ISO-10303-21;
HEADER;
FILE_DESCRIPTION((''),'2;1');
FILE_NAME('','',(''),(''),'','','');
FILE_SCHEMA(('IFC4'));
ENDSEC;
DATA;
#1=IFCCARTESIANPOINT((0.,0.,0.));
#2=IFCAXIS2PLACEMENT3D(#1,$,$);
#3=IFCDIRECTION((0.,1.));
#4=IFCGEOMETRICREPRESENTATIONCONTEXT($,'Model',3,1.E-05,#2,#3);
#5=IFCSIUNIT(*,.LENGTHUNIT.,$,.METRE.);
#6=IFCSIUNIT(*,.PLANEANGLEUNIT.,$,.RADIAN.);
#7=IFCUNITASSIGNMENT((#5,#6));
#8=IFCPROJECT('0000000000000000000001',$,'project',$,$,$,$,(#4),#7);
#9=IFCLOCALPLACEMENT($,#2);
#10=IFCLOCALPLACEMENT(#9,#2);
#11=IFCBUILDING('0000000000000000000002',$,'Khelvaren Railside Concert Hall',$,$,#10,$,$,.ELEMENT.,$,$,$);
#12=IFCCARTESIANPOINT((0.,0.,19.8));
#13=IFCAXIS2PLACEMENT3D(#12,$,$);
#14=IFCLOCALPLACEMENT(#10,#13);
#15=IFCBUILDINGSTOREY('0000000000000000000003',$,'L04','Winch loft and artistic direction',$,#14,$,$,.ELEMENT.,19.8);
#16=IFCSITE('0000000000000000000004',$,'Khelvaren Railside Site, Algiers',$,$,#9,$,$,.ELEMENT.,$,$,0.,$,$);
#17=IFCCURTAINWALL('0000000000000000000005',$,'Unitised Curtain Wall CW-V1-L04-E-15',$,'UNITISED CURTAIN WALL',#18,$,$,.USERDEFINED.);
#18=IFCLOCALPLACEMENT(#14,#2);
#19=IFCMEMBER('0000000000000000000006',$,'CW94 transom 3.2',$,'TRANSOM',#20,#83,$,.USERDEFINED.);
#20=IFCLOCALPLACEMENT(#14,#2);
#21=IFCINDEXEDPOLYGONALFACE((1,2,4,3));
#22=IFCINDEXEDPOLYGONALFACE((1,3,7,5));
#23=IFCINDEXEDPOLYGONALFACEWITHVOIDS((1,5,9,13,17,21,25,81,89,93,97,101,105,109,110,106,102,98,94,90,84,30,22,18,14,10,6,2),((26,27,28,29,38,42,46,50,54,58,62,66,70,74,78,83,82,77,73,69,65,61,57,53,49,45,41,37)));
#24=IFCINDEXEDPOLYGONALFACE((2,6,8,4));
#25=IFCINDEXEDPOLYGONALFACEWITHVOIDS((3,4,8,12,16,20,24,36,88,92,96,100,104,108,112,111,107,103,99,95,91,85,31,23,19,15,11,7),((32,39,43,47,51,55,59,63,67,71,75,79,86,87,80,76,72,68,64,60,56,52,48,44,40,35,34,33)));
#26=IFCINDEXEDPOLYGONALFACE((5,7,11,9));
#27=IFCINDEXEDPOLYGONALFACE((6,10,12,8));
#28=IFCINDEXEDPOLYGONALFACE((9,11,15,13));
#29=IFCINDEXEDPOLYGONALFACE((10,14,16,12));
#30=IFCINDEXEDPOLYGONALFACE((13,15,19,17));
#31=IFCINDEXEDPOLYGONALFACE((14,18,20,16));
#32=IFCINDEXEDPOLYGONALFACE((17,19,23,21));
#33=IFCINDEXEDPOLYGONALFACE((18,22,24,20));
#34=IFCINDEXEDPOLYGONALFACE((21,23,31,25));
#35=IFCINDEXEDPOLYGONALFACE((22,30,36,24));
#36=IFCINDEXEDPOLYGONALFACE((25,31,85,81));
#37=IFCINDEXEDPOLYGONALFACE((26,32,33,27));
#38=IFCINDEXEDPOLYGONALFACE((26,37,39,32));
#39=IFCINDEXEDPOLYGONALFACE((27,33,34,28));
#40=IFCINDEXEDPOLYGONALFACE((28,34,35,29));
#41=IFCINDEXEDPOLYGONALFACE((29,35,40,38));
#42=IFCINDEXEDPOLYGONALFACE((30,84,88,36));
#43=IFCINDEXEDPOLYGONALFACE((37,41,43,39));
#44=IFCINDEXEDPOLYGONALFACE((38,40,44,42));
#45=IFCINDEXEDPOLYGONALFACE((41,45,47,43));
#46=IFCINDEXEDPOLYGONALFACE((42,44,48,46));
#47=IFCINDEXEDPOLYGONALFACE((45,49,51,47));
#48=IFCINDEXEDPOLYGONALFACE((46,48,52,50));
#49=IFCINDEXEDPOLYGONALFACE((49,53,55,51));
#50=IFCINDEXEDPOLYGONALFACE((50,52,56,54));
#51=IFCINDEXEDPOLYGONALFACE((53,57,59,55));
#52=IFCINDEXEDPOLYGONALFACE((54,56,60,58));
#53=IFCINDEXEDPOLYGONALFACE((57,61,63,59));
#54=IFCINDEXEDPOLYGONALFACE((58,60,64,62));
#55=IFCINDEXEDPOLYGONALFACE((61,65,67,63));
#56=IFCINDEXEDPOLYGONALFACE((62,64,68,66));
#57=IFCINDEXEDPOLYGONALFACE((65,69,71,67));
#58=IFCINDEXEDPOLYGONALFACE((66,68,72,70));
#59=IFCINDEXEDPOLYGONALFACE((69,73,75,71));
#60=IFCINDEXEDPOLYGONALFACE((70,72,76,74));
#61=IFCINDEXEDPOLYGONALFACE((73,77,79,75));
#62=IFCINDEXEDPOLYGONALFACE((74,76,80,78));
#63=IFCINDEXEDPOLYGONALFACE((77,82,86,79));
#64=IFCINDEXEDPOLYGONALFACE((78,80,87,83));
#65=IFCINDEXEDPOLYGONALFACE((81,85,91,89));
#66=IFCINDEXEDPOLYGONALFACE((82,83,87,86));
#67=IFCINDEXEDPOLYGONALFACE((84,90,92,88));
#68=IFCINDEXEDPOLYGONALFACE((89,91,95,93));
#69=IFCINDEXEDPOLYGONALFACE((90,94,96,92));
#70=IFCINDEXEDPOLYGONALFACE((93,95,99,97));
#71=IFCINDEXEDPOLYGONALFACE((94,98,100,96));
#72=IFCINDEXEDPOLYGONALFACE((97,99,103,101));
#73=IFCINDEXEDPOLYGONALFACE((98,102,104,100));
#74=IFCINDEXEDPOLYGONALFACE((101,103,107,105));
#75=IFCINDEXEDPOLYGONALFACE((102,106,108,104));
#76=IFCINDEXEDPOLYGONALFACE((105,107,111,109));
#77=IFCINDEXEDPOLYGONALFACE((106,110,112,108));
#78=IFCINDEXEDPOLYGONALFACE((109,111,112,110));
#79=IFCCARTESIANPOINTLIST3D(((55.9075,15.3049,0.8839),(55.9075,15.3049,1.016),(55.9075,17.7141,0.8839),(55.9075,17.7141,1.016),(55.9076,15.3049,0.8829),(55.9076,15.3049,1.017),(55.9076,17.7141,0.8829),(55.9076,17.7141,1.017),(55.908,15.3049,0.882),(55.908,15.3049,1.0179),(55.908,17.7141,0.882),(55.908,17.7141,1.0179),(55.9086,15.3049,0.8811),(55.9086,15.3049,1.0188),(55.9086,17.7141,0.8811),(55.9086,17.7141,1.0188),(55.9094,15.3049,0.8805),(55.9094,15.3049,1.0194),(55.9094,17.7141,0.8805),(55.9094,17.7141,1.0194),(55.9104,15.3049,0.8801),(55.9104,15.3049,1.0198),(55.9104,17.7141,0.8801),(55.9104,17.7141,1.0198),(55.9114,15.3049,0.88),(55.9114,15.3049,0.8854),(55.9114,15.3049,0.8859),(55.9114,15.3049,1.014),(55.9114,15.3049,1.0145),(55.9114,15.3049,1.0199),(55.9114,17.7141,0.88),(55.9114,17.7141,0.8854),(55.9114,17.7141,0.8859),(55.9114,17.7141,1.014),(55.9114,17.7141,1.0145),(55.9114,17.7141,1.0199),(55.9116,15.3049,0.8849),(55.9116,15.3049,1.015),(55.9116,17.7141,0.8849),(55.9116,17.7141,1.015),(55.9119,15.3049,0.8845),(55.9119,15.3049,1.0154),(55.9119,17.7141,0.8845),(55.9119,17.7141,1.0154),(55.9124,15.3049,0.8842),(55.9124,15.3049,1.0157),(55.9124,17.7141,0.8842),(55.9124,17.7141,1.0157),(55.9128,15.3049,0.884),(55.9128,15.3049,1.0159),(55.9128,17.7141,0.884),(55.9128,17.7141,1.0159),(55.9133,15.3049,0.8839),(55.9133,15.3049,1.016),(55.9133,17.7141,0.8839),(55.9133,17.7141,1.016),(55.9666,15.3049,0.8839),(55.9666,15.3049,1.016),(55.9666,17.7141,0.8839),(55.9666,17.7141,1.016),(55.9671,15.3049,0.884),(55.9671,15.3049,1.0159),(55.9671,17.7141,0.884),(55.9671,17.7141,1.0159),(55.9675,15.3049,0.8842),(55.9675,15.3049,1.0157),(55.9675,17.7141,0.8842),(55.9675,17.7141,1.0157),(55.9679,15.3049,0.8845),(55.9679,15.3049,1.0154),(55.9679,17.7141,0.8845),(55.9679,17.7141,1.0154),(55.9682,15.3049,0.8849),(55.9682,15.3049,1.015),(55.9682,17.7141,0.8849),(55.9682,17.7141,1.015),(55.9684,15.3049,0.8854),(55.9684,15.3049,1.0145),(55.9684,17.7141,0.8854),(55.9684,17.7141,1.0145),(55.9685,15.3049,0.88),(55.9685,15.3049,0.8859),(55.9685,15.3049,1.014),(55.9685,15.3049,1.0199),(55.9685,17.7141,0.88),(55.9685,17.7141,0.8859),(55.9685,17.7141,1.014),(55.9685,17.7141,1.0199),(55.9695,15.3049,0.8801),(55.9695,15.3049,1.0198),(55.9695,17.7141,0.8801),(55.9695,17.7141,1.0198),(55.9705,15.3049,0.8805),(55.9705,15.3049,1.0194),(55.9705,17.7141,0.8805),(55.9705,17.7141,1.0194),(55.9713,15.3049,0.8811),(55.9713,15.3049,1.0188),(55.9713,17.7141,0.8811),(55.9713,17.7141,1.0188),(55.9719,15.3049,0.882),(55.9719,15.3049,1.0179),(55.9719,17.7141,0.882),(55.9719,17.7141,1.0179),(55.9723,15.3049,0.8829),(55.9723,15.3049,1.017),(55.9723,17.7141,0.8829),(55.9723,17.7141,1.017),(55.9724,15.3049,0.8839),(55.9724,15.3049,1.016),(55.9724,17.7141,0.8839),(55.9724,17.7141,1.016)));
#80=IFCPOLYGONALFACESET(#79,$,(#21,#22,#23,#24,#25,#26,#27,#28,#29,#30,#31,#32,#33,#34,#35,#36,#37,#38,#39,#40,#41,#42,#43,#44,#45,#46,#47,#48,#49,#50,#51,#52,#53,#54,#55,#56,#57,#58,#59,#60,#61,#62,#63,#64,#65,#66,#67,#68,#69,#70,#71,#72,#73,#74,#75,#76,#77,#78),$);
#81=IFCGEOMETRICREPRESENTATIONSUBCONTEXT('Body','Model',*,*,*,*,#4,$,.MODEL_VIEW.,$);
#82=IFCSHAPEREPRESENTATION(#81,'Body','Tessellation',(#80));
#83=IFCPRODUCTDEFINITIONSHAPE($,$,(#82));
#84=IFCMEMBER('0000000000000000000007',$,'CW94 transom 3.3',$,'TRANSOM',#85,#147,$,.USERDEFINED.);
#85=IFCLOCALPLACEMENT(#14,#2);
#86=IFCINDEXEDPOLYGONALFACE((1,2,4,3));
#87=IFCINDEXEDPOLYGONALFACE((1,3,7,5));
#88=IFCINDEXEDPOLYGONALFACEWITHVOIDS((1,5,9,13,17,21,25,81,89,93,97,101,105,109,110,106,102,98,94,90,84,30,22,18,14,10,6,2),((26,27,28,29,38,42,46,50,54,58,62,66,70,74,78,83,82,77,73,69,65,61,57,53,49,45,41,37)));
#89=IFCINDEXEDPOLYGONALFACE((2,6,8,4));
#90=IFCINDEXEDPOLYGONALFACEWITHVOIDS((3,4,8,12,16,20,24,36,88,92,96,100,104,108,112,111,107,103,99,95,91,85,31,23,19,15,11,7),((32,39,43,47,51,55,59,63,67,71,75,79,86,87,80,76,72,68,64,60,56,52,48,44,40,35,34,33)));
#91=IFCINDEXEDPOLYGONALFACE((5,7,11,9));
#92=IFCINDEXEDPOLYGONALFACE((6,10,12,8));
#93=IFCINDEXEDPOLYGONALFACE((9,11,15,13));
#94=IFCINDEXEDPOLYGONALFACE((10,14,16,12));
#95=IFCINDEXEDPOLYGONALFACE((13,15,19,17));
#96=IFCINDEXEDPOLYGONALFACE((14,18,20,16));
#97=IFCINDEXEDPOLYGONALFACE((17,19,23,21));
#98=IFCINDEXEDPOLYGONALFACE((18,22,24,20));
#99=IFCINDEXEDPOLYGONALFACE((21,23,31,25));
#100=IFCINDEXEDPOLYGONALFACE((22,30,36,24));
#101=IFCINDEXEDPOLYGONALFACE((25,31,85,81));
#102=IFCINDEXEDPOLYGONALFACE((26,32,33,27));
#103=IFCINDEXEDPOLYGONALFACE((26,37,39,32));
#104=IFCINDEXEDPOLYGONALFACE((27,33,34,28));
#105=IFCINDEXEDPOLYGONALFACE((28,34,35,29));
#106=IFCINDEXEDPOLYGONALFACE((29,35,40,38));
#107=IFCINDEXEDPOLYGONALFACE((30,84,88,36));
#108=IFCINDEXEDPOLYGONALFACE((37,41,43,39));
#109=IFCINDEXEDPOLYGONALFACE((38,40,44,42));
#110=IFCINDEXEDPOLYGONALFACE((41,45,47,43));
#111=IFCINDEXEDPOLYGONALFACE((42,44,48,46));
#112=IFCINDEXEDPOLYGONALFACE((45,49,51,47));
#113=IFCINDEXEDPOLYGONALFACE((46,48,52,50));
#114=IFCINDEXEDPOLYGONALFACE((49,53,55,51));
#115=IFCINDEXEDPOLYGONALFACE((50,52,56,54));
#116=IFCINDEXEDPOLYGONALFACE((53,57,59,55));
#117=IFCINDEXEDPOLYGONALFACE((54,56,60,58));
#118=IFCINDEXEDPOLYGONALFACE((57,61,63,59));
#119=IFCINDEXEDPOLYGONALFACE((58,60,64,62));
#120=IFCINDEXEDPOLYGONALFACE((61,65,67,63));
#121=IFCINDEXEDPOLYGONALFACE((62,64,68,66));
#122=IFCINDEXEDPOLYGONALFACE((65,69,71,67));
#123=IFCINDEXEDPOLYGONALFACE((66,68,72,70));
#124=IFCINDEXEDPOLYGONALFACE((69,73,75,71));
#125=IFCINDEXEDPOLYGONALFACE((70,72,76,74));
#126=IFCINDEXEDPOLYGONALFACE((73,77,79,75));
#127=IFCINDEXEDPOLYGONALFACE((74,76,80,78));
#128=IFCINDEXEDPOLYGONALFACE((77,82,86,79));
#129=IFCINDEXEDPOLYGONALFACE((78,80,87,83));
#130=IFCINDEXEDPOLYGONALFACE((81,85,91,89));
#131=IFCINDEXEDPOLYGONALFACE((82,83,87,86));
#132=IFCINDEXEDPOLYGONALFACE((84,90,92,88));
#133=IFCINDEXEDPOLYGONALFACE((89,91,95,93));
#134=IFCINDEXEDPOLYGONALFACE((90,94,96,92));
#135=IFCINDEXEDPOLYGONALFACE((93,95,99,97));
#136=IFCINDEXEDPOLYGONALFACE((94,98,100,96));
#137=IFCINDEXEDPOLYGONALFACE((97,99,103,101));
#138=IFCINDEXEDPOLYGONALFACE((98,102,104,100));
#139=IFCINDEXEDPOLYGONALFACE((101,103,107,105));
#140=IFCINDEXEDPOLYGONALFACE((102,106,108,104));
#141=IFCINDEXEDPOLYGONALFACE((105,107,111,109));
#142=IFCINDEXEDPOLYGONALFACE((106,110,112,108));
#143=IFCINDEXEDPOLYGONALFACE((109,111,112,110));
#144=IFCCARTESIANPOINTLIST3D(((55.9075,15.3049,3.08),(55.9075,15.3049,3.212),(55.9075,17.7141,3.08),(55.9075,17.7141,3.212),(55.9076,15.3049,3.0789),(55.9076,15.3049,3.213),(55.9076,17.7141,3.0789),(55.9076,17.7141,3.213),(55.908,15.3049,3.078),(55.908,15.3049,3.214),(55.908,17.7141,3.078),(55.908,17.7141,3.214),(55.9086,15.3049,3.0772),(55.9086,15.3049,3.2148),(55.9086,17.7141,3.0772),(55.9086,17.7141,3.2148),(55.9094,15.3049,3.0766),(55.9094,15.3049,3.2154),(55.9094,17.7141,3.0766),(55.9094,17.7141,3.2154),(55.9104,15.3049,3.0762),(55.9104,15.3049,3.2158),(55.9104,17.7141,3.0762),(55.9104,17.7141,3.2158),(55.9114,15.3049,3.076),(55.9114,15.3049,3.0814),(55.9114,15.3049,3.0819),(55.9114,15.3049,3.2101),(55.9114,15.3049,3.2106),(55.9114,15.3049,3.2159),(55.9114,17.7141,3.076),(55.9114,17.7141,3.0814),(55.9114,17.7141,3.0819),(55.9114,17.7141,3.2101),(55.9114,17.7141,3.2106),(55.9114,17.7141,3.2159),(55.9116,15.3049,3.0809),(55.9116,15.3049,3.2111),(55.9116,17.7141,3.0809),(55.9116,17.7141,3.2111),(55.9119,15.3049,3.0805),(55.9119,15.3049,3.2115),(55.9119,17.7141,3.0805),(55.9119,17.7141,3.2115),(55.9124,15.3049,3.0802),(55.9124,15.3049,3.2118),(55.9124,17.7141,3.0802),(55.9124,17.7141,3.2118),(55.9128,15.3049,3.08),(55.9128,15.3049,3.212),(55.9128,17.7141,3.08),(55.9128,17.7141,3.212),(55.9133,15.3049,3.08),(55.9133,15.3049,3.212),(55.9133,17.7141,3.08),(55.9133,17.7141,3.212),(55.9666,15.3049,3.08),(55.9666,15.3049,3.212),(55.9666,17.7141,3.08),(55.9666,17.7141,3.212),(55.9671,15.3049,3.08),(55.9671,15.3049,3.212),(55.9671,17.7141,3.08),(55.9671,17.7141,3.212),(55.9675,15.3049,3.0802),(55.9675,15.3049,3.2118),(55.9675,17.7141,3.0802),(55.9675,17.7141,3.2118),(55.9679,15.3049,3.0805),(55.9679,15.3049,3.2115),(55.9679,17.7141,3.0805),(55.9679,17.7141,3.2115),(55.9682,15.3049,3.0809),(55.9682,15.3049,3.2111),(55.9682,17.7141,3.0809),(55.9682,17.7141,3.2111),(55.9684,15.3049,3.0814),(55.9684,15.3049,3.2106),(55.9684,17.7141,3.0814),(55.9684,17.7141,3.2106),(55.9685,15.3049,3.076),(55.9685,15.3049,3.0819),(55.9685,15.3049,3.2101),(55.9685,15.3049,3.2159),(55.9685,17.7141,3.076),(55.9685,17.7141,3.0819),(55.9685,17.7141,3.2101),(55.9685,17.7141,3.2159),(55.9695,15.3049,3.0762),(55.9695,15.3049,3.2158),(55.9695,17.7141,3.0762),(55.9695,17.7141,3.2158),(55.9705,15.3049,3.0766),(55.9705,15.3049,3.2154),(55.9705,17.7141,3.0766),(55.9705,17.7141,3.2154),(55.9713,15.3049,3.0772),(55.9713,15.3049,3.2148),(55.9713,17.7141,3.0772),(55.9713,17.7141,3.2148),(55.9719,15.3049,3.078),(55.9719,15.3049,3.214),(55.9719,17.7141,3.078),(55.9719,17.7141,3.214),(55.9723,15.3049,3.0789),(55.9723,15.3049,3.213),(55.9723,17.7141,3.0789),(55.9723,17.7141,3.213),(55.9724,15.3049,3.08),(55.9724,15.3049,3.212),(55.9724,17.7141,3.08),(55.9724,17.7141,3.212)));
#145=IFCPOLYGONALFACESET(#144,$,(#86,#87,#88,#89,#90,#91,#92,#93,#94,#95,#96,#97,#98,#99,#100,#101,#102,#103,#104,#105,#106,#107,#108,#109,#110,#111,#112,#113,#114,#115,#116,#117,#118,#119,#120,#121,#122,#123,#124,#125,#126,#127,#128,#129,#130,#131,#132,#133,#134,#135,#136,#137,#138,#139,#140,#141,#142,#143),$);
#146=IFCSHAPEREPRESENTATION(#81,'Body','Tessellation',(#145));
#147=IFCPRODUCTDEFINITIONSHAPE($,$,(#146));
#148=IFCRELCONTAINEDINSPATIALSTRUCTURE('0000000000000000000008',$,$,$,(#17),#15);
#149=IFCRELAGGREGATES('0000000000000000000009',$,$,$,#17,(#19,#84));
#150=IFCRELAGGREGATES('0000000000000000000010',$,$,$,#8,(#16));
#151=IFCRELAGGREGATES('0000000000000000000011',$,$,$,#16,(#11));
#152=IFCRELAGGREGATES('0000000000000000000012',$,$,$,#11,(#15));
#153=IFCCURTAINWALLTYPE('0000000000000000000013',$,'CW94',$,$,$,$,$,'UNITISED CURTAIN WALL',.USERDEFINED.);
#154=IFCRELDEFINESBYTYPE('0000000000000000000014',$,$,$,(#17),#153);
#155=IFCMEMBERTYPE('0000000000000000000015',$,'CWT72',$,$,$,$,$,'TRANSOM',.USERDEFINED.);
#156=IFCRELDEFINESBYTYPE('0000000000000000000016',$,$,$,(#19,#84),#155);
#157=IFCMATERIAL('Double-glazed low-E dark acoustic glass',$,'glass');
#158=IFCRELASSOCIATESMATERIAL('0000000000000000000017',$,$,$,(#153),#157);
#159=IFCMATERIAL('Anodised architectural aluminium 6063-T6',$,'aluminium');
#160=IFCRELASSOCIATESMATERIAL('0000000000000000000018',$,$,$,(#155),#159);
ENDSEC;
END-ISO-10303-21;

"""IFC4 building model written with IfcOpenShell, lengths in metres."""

from ifc_helpers import new_model, si_unit, direction, frame, origin, origin_2d, place, context, subcontext, project, spatial, hollow_rectangle, extrude, material, material_profile, profile_set, type_object, element, aggregate, save


model = new_model("IFC4")

# Units and contexts
model_context = context("Model", 3, precision=1e-05, world=origin(), true_north=direction((0.0, 1.0)))
body_context = subcontext(model_context, "Body", "Model", "MODEL_VIEW")
ifc_project = project(units=[si_unit("LENGTHUNIT", "METRE"), si_unit("PLANEANGLEUNIT", "RADIAN")], contexts=[model_context])

# Site, building, storey
site_placement = place(None, origin())
site = spatial("IfcSite", under=ifc_project, at=site_placement, Name="Khelvaren Railside Site, Algiers", CompositionType="ELEMENT", RefElevation=0.0)
building_placement = place(site_placement, origin())
building = spatial("IfcBuilding", under=site, at=building_placement, Name="Khelvaren Railside Concert Hall", CompositionType="ELEMENT")
storey_placement = place(building_placement, frame((0.0, 0.0, 19.8)))
storey = spatial("IfcBuildingStorey", under=building, at=storey_placement, Name="L04", Description="Winch loft and artistic direction", CompositionType="ELEMENT", Elevation=19.8)

# Curtain wall
ifc_material_1 = material(Name="Anodised architectural aluminium 6063-T6", Category="aluminium")
ifc_material_2 = material(Name="Double-glazed low-E dark acoustic glass", Category="glass")
curtain_wall_type_1 = type_object("IfcCurtainWallType", Name="CW94", ElementType="UNITISED CURTAIN WALL", PredefinedType="USERDEFINED", material=ifc_material_2)
curtain_wall_1_placement = place(storey_placement, origin())
curtain_wall_1 = element("IfcCurtainWall", 1, at=curtain_wall_1_placement, inside=storey, type_object=curtain_wall_type_1, Name="Unitised Curtain Wall CW-V1-L04-E-15", ObjectType="UNITISED CURTAIN WALL", PredefinedType="USERDEFINED")

# Members
ifc_material_profile_1 = material_profile(ifc_material_1, hollow_rectangle(XDim=0.0649, YDim=0.1399, WallThickness=0.0039, InnerFilletRadius=0.002, OuterFilletRadius=0.0039, at=origin_2d()), Name="CWT 65x140x4")
ifc_profile_set_1 = profile_set([ifc_material_profile_1], Name="Anodised architectural aluminium 6063-T6")
member_type_1 = type_object("IfcMemberType", Name="CWT72", ElementType="TRANSOM", PredefinedType="USERDEFINED", material=ifc_profile_set_1)
member_1_placement = place(storey_placement, frame((55.9399, 17.7141, 0.95), z_axis=(0.0, -1.0, 0.0), x_axis=(1.0, 0.0, 0.0)))
member_1 = element("IfcMember", 2, at=member_1_placement, type_object=member_type_1, Name="CW94 transom 3.2", ObjectType="TRANSOM", PredefinedType="USERDEFINED", context=body_context, shape_type="SweptSolid", body=[
    extrude(hollow_rectangle(XDim=0.0649, YDim=0.1399, WallThickness=0.0039, InnerFilletRadius=0.002, OuterFilletRadius=0.0039, at=origin_2d()), origin(), (0.0, 0.0, 1.0), 2.4092),
])
member_2_placement = place(storey_placement, frame((55.9399, 17.7141, 3.146), z_axis=(0.0, -1.0, 0.0), x_axis=(1.0, 0.0, 0.0)))
member_2 = element("IfcMember", 3, at=member_2_placement, type_object=member_type_1, Name="CW94 transom 3.3", ObjectType="TRANSOM", PredefinedType="USERDEFINED", context=body_context, shape_type="SweptSolid", body=[
    extrude(hollow_rectangle(XDim=0.0649, YDim=0.1399, WallThickness=0.0039, InnerFilletRadius=0.002, OuterFilletRadius=0.0039, at=origin_2d()), origin(), (0.0, 0.0, 1.0), 2.4092),
])

aggregate(curtain_wall_1, [member_1, member_2])

save(model, "model.ifc")
